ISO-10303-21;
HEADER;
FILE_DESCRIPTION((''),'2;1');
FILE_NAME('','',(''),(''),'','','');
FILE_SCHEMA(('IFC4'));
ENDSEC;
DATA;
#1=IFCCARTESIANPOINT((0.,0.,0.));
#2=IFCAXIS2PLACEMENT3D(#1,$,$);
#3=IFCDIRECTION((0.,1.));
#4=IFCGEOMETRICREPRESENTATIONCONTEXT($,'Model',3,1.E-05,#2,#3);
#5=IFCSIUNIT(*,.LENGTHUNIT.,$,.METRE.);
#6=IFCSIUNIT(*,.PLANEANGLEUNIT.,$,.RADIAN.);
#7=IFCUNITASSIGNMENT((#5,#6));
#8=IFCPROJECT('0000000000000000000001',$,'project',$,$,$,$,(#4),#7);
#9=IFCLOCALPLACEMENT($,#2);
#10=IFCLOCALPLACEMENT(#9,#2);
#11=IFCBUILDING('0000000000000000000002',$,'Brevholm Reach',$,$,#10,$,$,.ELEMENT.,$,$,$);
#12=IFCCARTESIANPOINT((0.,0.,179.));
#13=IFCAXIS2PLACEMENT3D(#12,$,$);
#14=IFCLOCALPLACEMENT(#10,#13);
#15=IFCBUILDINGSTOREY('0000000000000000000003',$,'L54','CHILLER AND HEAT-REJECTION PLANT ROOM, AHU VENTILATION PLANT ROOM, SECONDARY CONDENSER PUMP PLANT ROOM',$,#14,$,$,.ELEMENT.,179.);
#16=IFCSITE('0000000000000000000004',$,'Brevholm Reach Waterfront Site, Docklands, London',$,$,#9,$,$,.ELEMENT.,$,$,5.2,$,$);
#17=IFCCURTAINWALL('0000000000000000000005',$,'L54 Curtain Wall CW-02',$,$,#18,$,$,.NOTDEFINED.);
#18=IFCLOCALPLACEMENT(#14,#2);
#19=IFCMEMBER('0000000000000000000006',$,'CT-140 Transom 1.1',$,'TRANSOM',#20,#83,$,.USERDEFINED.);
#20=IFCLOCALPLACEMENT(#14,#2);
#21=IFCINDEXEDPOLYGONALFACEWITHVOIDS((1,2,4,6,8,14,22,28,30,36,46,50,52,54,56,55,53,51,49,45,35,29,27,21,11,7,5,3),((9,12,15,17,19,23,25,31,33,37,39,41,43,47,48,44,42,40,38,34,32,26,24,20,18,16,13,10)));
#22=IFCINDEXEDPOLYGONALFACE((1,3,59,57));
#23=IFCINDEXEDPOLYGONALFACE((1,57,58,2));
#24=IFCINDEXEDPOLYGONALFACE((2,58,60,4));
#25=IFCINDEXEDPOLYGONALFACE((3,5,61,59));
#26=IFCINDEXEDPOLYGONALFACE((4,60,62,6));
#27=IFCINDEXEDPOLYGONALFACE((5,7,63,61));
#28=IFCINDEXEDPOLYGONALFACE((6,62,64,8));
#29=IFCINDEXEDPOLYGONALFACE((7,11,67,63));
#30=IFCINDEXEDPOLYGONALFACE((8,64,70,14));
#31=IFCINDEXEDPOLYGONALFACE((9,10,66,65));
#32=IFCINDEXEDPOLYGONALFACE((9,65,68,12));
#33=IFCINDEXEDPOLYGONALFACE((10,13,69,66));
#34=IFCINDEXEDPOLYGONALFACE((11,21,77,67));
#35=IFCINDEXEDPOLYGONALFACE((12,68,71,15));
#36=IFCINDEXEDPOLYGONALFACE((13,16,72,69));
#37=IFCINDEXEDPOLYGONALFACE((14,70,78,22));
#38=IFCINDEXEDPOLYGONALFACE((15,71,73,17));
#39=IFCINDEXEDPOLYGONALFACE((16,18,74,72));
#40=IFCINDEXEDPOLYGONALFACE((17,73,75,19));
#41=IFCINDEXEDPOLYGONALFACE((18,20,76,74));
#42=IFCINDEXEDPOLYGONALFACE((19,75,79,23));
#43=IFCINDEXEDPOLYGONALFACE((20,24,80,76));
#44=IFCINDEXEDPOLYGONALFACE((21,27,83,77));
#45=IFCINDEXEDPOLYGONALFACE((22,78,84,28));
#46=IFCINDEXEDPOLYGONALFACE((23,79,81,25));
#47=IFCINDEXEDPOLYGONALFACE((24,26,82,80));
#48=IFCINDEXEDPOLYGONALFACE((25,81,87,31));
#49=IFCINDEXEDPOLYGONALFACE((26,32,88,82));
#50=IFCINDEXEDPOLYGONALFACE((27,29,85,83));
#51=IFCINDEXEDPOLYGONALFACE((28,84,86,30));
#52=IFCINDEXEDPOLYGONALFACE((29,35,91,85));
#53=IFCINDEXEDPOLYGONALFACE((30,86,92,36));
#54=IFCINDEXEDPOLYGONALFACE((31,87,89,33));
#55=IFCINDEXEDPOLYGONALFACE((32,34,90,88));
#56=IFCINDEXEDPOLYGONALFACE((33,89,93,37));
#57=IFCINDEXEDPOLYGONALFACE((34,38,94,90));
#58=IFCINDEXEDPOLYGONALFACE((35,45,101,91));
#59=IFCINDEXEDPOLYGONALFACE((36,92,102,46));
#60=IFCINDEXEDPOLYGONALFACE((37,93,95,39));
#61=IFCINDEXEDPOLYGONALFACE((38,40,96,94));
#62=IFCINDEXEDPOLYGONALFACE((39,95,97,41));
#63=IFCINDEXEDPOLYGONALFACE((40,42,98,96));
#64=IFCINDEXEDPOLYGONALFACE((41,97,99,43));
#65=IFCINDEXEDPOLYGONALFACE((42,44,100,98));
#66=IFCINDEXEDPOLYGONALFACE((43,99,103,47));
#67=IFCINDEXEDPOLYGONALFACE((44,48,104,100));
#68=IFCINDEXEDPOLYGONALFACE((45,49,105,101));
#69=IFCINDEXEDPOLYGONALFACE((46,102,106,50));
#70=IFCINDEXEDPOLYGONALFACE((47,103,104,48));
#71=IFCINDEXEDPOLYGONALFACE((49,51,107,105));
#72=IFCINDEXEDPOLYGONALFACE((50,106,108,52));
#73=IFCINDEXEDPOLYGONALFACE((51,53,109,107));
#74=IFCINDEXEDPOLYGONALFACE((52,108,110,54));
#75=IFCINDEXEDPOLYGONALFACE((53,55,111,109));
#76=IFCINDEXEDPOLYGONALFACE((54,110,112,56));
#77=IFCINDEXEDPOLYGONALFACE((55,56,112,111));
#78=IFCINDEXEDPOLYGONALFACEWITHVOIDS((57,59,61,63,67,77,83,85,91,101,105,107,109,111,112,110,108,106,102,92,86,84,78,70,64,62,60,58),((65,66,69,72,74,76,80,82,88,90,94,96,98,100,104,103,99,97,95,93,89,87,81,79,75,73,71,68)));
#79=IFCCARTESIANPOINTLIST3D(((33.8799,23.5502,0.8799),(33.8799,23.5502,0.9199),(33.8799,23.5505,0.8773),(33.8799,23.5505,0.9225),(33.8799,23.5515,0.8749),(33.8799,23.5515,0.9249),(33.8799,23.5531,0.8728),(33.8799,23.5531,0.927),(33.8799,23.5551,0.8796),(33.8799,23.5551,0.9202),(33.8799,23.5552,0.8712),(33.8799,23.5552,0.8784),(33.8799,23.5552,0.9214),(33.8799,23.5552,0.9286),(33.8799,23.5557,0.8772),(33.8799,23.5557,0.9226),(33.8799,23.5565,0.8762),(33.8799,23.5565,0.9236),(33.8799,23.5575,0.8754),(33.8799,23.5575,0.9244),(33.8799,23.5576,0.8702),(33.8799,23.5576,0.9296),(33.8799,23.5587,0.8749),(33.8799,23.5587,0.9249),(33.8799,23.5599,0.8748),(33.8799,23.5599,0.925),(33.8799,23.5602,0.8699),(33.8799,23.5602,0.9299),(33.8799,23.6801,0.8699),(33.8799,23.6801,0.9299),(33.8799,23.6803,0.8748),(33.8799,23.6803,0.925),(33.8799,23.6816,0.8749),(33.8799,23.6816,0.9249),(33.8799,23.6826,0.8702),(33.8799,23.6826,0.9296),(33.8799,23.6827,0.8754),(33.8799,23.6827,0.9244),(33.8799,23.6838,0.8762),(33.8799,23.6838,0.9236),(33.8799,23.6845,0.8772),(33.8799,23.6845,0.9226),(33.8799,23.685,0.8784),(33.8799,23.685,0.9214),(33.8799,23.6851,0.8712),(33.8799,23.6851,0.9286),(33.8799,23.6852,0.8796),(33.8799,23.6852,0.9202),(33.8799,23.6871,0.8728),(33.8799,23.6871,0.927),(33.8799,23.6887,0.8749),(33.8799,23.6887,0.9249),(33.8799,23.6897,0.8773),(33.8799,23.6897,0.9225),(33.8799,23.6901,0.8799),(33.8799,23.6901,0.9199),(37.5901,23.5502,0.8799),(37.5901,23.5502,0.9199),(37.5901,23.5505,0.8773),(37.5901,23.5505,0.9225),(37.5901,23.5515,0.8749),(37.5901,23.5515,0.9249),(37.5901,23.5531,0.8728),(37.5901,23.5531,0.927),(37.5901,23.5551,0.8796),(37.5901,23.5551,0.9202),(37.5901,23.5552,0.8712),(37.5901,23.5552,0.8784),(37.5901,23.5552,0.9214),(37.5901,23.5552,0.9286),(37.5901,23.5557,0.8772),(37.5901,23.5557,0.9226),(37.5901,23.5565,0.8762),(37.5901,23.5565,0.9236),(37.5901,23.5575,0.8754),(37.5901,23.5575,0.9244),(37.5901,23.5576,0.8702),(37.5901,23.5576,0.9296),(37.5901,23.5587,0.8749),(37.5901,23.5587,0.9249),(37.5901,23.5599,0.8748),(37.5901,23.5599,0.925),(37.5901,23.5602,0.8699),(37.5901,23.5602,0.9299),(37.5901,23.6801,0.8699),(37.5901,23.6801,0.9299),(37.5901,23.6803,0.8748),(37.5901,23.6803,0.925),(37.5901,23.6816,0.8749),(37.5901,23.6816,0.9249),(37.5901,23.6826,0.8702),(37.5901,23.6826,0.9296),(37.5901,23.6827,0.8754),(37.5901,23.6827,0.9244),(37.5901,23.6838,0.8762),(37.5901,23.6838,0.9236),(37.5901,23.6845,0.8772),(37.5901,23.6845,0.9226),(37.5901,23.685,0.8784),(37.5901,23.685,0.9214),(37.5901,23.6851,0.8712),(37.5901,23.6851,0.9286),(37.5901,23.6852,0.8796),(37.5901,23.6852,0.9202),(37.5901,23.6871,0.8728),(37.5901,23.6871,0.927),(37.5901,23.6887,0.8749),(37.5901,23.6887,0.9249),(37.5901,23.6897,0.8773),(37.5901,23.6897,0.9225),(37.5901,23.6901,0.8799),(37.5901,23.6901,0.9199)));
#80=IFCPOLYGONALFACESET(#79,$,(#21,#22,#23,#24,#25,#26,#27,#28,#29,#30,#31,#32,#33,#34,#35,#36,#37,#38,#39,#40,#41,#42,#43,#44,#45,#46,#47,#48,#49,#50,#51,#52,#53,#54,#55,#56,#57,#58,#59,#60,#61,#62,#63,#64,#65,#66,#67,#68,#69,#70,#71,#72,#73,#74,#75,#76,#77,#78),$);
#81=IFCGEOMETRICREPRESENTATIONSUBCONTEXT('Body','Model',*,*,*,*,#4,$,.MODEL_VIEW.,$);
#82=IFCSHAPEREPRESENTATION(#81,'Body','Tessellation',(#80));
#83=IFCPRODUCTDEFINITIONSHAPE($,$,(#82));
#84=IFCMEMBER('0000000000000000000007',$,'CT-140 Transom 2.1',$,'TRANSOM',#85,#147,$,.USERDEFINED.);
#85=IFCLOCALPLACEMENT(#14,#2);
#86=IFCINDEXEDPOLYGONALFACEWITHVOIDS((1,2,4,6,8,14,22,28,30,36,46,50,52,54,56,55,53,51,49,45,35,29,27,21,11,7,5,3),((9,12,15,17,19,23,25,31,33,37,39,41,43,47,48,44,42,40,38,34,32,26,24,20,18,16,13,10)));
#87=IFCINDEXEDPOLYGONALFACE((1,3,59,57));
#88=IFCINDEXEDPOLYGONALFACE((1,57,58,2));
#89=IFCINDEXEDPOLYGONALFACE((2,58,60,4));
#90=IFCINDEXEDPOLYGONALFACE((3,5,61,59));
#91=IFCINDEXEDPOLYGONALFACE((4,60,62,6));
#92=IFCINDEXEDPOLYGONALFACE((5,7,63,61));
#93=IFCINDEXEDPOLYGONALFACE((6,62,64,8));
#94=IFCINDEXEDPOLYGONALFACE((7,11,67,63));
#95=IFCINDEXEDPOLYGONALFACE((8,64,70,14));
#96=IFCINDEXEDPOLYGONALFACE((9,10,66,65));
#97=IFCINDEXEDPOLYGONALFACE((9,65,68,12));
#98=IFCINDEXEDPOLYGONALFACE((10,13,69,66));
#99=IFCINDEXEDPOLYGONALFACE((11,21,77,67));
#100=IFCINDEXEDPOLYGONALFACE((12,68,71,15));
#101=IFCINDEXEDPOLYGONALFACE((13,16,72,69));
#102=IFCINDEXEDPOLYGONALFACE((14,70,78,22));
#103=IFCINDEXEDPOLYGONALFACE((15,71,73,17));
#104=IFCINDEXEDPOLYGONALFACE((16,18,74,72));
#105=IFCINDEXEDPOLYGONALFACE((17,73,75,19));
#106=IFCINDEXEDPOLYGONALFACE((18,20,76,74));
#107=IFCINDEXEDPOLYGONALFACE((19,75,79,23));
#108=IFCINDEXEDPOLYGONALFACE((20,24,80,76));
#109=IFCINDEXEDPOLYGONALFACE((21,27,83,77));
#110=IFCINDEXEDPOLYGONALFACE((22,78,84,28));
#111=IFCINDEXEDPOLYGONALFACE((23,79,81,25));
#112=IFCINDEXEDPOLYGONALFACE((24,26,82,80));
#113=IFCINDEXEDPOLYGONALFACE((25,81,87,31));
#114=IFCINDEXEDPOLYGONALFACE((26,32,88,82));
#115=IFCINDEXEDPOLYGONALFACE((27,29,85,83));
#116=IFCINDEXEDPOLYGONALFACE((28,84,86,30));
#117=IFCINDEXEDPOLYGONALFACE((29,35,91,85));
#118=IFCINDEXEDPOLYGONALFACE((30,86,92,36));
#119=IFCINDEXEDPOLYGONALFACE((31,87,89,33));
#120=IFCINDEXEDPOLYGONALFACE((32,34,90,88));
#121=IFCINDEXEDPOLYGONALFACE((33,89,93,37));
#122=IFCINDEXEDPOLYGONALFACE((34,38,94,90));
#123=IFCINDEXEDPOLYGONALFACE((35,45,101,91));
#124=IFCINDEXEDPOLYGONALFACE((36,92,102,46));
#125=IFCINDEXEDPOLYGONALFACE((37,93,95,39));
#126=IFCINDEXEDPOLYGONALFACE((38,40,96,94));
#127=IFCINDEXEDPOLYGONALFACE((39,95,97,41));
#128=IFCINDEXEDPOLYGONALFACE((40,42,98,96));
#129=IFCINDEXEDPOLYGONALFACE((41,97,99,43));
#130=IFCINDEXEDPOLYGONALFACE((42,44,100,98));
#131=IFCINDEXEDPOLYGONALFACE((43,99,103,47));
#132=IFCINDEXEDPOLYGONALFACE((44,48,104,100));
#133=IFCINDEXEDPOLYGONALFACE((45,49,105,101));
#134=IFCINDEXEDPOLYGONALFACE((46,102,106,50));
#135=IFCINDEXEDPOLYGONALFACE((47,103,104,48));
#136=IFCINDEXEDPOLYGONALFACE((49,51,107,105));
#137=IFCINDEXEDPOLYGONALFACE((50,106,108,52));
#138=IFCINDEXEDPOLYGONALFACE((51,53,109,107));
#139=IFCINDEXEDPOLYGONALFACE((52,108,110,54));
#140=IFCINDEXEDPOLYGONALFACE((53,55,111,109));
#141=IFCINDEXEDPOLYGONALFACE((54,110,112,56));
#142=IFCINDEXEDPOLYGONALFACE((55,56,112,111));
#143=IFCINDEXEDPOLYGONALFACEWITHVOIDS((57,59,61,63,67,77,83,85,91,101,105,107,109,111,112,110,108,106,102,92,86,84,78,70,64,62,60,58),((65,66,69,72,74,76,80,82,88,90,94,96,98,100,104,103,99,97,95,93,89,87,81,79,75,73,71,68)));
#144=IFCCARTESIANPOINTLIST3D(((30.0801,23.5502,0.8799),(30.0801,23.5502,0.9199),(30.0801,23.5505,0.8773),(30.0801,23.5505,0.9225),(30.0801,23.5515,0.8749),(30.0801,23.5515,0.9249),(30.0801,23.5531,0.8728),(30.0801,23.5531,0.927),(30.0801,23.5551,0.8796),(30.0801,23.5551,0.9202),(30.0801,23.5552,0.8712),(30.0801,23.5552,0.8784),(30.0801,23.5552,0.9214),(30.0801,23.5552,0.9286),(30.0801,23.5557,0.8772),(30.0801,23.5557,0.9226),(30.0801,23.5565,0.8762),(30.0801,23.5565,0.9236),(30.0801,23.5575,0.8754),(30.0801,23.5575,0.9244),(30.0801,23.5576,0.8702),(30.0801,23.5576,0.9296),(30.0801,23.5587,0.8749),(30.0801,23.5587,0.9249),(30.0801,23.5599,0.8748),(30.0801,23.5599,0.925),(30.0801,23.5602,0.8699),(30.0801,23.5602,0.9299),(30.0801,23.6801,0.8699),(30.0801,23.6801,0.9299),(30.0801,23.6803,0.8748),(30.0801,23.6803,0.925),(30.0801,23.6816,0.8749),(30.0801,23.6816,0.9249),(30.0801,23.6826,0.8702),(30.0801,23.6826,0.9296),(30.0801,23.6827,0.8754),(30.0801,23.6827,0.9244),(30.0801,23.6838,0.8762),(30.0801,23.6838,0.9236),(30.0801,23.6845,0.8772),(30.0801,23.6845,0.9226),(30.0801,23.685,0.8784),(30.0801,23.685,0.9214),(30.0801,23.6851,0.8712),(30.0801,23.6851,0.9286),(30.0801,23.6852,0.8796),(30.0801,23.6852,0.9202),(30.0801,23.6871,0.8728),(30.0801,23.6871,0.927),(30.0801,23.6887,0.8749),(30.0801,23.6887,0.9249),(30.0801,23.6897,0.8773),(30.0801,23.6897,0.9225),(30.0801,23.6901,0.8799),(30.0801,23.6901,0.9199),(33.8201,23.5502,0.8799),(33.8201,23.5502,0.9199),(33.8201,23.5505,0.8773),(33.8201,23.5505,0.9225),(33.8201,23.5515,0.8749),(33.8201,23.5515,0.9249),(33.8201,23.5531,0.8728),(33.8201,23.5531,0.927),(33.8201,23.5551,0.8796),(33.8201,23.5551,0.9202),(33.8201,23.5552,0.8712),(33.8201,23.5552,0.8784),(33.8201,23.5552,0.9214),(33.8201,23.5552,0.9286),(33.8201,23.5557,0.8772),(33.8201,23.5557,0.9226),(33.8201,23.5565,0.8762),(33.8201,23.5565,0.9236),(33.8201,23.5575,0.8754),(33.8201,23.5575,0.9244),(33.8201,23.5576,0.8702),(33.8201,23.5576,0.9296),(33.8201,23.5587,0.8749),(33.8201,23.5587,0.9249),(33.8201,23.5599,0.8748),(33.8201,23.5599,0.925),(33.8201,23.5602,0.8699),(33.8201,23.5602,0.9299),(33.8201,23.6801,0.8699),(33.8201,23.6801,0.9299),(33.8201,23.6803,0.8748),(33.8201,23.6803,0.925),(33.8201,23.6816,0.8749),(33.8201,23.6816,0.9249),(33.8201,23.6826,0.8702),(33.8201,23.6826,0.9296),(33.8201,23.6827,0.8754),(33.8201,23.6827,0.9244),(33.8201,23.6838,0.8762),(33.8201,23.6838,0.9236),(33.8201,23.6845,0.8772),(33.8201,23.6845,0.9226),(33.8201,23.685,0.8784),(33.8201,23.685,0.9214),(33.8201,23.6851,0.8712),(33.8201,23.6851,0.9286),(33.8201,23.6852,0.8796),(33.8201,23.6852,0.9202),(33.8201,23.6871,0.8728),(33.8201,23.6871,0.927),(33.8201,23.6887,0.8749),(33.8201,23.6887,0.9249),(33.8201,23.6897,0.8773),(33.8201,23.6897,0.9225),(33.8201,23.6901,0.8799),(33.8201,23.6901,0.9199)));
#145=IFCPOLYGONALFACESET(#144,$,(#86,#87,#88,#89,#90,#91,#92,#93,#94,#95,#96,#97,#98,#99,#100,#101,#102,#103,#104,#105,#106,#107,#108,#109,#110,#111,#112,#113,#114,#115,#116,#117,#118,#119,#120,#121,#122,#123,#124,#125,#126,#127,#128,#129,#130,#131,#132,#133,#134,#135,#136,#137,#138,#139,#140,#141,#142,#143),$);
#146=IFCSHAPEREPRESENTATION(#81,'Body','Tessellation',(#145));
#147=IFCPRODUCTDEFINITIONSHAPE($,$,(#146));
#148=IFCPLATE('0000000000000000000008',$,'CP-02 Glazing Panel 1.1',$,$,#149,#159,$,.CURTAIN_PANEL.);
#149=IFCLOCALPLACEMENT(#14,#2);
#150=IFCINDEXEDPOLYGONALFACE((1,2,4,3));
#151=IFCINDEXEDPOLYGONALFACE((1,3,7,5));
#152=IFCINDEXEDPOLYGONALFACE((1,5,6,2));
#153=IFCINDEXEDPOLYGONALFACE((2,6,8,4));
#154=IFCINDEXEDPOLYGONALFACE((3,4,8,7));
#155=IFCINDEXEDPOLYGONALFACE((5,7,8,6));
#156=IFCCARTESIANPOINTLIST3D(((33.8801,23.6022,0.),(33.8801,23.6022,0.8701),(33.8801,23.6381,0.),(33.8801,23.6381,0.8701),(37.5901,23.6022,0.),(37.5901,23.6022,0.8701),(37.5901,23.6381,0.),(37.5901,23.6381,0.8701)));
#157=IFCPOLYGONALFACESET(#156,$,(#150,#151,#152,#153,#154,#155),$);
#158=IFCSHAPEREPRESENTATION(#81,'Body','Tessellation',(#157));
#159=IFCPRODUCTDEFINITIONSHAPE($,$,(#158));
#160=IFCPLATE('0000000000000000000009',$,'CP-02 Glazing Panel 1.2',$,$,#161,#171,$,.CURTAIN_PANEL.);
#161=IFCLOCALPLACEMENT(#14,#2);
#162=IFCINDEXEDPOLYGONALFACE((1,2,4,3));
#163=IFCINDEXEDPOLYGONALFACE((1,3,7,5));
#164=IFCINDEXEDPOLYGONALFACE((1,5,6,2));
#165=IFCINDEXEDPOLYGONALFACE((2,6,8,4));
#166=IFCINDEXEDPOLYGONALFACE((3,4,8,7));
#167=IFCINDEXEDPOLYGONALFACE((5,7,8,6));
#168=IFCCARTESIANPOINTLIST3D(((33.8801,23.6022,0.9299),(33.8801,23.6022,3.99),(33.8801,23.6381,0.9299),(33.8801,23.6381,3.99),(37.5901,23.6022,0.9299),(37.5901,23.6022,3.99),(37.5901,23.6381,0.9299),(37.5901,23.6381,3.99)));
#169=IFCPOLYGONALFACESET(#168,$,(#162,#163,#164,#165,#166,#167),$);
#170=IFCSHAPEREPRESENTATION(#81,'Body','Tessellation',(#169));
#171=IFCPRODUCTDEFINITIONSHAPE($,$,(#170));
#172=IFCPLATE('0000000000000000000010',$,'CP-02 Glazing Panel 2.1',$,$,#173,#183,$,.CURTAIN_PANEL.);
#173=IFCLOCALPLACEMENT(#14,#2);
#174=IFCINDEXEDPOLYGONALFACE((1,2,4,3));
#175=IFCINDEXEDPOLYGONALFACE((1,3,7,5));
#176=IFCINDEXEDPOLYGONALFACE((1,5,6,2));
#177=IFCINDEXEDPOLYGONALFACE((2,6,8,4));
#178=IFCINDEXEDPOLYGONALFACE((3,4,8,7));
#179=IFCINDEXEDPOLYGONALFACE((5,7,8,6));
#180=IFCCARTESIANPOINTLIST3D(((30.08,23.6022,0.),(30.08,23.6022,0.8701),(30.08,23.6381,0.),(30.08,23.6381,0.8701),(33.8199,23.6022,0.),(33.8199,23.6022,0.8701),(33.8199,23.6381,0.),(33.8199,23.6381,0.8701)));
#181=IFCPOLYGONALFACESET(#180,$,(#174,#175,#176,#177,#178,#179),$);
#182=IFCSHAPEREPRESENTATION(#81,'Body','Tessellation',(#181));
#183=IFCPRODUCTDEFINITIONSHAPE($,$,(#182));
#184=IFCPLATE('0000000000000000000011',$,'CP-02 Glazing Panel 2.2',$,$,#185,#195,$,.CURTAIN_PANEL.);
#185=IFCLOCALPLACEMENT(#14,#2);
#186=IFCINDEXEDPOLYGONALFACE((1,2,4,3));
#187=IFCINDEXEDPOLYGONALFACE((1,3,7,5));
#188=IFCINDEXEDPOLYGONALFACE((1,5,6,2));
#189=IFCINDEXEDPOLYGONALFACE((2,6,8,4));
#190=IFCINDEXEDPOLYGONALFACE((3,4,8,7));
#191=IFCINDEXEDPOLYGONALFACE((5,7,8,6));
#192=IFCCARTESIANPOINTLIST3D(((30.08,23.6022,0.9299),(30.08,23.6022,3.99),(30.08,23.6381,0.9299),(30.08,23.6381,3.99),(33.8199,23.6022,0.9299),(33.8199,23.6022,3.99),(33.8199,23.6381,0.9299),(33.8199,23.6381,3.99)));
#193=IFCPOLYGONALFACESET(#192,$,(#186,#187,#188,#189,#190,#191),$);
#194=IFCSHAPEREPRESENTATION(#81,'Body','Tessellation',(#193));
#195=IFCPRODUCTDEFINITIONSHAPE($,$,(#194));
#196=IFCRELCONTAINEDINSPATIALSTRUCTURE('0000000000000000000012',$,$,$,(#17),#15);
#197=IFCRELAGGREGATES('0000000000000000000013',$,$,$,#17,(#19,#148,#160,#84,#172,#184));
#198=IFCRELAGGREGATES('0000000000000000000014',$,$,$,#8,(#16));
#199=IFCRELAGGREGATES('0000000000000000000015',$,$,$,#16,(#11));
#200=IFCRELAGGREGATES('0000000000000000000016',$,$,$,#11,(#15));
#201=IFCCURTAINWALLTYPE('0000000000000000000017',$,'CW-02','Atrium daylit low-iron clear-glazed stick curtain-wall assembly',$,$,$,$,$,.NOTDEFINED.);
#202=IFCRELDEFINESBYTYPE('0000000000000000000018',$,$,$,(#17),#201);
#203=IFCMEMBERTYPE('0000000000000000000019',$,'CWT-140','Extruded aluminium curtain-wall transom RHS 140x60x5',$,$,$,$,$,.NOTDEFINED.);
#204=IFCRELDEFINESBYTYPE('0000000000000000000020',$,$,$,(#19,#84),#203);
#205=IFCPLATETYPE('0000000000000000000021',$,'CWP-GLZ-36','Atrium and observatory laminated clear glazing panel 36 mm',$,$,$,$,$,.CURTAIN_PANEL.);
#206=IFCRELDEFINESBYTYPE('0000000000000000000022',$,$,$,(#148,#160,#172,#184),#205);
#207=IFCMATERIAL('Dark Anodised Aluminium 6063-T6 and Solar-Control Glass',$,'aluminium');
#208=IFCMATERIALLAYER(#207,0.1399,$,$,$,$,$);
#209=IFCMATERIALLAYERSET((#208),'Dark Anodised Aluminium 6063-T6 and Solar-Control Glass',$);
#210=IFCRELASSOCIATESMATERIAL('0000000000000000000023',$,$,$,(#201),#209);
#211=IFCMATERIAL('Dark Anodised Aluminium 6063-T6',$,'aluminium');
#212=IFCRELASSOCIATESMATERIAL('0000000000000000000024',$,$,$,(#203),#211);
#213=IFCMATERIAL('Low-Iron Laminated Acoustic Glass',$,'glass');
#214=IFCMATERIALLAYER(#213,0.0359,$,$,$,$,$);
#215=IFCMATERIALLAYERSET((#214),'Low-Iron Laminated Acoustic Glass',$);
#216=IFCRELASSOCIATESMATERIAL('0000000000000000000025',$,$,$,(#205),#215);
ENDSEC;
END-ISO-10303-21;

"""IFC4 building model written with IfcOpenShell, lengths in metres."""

from ifc_helpers import new_model, si_unit, direction, frame, origin, origin_2d, place, context, subcontext, project, spatial, rectangle, hollow_rectangle, extrude, material, layer, layer_set, material_profile, profile_set, type_object, element, aggregate, save


model = new_model("IFC4")

# Units and contexts
model_context = context("Model", 3, precision=1e-05, world=origin(), true_north=direction((0.0, 1.0)))
body_context = subcontext(model_context, "Body", "Model", "MODEL_VIEW")
ifc_project = project(units=[si_unit("LENGTHUNIT", "METRE"), si_unit("PLANEANGLEUNIT", "RADIAN")], contexts=[model_context])

# Site, building, storey
site_placement = place(None, origin())
site = spatial("IfcSite", under=ifc_project, at=site_placement, Name="Brevholm Reach Waterfront Site, Docklands, London", CompositionType="ELEMENT", RefElevation=5.2)
building_placement = place(site_placement, origin())
building = spatial("IfcBuilding", under=site, at=building_placement, Name="Brevholm Reach", CompositionType="ELEMENT")
storey_placement = place(building_placement, frame((0.0, 0.0, 179.0)))
storey = spatial("IfcBuildingStorey", under=building, at=storey_placement, Name="L54", Description="CHILLER AND HEAT-REJECTION PLANT ROOM, AHU VENTILATION PLANT ROOM, SECONDARY CONDENSER PUMP PLANT ROOM", CompositionType="ELEMENT", Elevation=179.0)

# Shared definitions
ifc_material_1 = material(Name="Dark Anodised Aluminium 6063-T6 and Solar-Control Glass", Category="aluminium")
ifc_layer_1 = layer(ifc_material_1, 0.1399)
ifc_layer_set_1 = layer_set([ifc_layer_1], Name="Dark Anodised Aluminium 6063-T6 and Solar-Control Glass")
curtain_wall_type_1 = type_object("IfcCurtainWallType", Name="CW-02", Description="Atrium daylit low-iron clear-glazed stick curtain-wall assembly", PredefinedType="NOTDEFINED", material=ifc_layer_set_1)

# Curtain wall
curtain_wall_1_placement = place(storey_placement, origin())
curtain_wall_1 = element("IfcCurtainWall", 1, at=curtain_wall_1_placement, inside=storey, type_object=curtain_wall_type_1, Name="L54 Curtain Wall CW-02", PredefinedType="NOTDEFINED")

# Members
ifc_material_2 = material(Name="Dark Anodised Aluminium 6063-T6", Category="aluminium")
ifc_material_profile_1 = material_profile(ifc_material_2, hollow_rectangle(XDim=0.0601, YDim=0.1399, WallThickness=0.0049, InnerFilletRadius=0.0049, OuterFilletRadius=0.01, at=origin_2d()), Name="RHS 140x60x5")
ifc_profile_set_1 = profile_set([ifc_material_profile_1], Name="Dark Anodised Aluminium 6063-T6")
member_type_1 = type_object("IfcMemberType", Name="CWT-140", Description="Extruded aluminium curtain-wall transom RHS 140x60x5", PredefinedType="NOTDEFINED", material=ifc_profile_set_1)
member_1_placement = place(storey_placement, frame((37.5901, 23.6201, 0.8999), z_axis=(-1.0, 0.0, 0.0), x_axis=(0.0, 0.0, 1.0)))
member_1 = element("IfcMember", 2, at=member_1_placement, type_object=member_type_1, Name="CT-140 Transom 1.1", ObjectType="TRANSOM", PredefinedType="USERDEFINED", context=body_context, shape_type="SweptSolid", body=[
    extrude(hollow_rectangle(XDim=0.0601, YDim=0.1399, WallThickness=0.0049, InnerFilletRadius=0.0049, OuterFilletRadius=0.01, at=origin_2d()), origin(), (0.0, 0.0, 1.0), 3.7102),
])
member_2_placement = place(storey_placement, frame((33.8201, 23.6201, 0.8999), z_axis=(-1.0, 0.0, 0.0), x_axis=(0.0, 0.0, 1.0)))
member_2 = element("IfcMember", 3, at=member_2_placement, type_object=member_type_1, Name="CT-140 Transom 2.1", ObjectType="TRANSOM", PredefinedType="USERDEFINED", context=body_context, shape_type="SweptSolid", body=[
    extrude(hollow_rectangle(XDim=0.0601, YDim=0.1399, WallThickness=0.0049, InnerFilletRadius=0.0049, OuterFilletRadius=0.01, at=origin_2d()), origin(), (0.0, 0.0, 1.0), 3.74),
])

# Plates
ifc_material_3 = material(Name="Low-Iron Laminated Acoustic Glass", Category="glass")
ifc_layer_2 = layer(ifc_material_3, 0.0359)
ifc_layer_set_2 = layer_set([ifc_layer_2], Name="Low-Iron Laminated Acoustic Glass")
plate_type_1 = type_object("IfcPlateType", Name="CWP-GLZ-36", Description="Atrium and observatory laminated clear glazing panel 36 mm", PredefinedType="CURTAIN_PANEL", material=ifc_layer_set_2)
plate_1_placement = place(storey_placement, frame((35.7351, 23.6201, 0.0), z_axis=(0.0, 0.0, 1.0), x_axis=(-1.0, 0.0, 0.0)))
plate_1 = element("IfcPlate", 4, at=plate_1_placement, type_object=plate_type_1, Name="CP-02 Glazing Panel 1.1", PredefinedType="CURTAIN_PANEL", context=body_context, shape_type="SweptSolid", body=[
    extrude(rectangle(XDim=3.71, YDim=0.0359, at=origin_2d()), origin(), (0.0, 0.0, 1.0), 0.8701),
])
plate_2_placement = place(storey_placement, frame((35.7351, 23.6201, 0.9299), z_axis=(0.0, 0.0, 1.0), x_axis=(-1.0, 0.0, 0.0)))
plate_2 = element("IfcPlate", 5, at=plate_2_placement, type_object=plate_type_1, Name="CP-02 Glazing Panel 1.2", PredefinedType="CURTAIN_PANEL", context=body_context, shape_type="SweptSolid", body=[
    extrude(rectangle(XDim=3.71, YDim=0.0359, at=origin_2d()), origin(), (0.0, 0.0, 1.0), 3.0601),
])
plate_3_placement = place(storey_placement, frame((31.95, 23.6201, 0.0), z_axis=(0.0, 0.0, 1.0), x_axis=(-1.0, 0.0, 0.0)))
plate_3 = element("IfcPlate", 6, at=plate_3_placement, type_object=plate_type_1, Name="CP-02 Glazing Panel 2.1", PredefinedType="CURTAIN_PANEL", context=body_context, shape_type="SweptSolid", body=[
    extrude(rectangle(XDim=3.74, YDim=0.0359, at=origin_2d()), origin(), (0.0, 0.0, 1.0), 0.8701),
])
plate_4_placement = place(storey_placement, frame((31.95, 23.6201, 0.9299), z_axis=(0.0, 0.0, 1.0), x_axis=(-1.0, 0.0, 0.0)))
plate_4 = element("IfcPlate", 7, at=plate_4_placement, type_object=plate_type_1, Name="CP-02 Glazing Panel 2.2", PredefinedType="CURTAIN_PANEL", context=body_context, shape_type="SweptSolid", body=[
    extrude(rectangle(XDim=3.74, YDim=0.0359, at=origin_2d()), origin(), (0.0, 0.0, 1.0), 3.0601),
])
aggregate(curtain_wall_1, [member_1, plate_1, plate_2, member_2, plate_3, plate_4])

save(model, "model.ifc")
